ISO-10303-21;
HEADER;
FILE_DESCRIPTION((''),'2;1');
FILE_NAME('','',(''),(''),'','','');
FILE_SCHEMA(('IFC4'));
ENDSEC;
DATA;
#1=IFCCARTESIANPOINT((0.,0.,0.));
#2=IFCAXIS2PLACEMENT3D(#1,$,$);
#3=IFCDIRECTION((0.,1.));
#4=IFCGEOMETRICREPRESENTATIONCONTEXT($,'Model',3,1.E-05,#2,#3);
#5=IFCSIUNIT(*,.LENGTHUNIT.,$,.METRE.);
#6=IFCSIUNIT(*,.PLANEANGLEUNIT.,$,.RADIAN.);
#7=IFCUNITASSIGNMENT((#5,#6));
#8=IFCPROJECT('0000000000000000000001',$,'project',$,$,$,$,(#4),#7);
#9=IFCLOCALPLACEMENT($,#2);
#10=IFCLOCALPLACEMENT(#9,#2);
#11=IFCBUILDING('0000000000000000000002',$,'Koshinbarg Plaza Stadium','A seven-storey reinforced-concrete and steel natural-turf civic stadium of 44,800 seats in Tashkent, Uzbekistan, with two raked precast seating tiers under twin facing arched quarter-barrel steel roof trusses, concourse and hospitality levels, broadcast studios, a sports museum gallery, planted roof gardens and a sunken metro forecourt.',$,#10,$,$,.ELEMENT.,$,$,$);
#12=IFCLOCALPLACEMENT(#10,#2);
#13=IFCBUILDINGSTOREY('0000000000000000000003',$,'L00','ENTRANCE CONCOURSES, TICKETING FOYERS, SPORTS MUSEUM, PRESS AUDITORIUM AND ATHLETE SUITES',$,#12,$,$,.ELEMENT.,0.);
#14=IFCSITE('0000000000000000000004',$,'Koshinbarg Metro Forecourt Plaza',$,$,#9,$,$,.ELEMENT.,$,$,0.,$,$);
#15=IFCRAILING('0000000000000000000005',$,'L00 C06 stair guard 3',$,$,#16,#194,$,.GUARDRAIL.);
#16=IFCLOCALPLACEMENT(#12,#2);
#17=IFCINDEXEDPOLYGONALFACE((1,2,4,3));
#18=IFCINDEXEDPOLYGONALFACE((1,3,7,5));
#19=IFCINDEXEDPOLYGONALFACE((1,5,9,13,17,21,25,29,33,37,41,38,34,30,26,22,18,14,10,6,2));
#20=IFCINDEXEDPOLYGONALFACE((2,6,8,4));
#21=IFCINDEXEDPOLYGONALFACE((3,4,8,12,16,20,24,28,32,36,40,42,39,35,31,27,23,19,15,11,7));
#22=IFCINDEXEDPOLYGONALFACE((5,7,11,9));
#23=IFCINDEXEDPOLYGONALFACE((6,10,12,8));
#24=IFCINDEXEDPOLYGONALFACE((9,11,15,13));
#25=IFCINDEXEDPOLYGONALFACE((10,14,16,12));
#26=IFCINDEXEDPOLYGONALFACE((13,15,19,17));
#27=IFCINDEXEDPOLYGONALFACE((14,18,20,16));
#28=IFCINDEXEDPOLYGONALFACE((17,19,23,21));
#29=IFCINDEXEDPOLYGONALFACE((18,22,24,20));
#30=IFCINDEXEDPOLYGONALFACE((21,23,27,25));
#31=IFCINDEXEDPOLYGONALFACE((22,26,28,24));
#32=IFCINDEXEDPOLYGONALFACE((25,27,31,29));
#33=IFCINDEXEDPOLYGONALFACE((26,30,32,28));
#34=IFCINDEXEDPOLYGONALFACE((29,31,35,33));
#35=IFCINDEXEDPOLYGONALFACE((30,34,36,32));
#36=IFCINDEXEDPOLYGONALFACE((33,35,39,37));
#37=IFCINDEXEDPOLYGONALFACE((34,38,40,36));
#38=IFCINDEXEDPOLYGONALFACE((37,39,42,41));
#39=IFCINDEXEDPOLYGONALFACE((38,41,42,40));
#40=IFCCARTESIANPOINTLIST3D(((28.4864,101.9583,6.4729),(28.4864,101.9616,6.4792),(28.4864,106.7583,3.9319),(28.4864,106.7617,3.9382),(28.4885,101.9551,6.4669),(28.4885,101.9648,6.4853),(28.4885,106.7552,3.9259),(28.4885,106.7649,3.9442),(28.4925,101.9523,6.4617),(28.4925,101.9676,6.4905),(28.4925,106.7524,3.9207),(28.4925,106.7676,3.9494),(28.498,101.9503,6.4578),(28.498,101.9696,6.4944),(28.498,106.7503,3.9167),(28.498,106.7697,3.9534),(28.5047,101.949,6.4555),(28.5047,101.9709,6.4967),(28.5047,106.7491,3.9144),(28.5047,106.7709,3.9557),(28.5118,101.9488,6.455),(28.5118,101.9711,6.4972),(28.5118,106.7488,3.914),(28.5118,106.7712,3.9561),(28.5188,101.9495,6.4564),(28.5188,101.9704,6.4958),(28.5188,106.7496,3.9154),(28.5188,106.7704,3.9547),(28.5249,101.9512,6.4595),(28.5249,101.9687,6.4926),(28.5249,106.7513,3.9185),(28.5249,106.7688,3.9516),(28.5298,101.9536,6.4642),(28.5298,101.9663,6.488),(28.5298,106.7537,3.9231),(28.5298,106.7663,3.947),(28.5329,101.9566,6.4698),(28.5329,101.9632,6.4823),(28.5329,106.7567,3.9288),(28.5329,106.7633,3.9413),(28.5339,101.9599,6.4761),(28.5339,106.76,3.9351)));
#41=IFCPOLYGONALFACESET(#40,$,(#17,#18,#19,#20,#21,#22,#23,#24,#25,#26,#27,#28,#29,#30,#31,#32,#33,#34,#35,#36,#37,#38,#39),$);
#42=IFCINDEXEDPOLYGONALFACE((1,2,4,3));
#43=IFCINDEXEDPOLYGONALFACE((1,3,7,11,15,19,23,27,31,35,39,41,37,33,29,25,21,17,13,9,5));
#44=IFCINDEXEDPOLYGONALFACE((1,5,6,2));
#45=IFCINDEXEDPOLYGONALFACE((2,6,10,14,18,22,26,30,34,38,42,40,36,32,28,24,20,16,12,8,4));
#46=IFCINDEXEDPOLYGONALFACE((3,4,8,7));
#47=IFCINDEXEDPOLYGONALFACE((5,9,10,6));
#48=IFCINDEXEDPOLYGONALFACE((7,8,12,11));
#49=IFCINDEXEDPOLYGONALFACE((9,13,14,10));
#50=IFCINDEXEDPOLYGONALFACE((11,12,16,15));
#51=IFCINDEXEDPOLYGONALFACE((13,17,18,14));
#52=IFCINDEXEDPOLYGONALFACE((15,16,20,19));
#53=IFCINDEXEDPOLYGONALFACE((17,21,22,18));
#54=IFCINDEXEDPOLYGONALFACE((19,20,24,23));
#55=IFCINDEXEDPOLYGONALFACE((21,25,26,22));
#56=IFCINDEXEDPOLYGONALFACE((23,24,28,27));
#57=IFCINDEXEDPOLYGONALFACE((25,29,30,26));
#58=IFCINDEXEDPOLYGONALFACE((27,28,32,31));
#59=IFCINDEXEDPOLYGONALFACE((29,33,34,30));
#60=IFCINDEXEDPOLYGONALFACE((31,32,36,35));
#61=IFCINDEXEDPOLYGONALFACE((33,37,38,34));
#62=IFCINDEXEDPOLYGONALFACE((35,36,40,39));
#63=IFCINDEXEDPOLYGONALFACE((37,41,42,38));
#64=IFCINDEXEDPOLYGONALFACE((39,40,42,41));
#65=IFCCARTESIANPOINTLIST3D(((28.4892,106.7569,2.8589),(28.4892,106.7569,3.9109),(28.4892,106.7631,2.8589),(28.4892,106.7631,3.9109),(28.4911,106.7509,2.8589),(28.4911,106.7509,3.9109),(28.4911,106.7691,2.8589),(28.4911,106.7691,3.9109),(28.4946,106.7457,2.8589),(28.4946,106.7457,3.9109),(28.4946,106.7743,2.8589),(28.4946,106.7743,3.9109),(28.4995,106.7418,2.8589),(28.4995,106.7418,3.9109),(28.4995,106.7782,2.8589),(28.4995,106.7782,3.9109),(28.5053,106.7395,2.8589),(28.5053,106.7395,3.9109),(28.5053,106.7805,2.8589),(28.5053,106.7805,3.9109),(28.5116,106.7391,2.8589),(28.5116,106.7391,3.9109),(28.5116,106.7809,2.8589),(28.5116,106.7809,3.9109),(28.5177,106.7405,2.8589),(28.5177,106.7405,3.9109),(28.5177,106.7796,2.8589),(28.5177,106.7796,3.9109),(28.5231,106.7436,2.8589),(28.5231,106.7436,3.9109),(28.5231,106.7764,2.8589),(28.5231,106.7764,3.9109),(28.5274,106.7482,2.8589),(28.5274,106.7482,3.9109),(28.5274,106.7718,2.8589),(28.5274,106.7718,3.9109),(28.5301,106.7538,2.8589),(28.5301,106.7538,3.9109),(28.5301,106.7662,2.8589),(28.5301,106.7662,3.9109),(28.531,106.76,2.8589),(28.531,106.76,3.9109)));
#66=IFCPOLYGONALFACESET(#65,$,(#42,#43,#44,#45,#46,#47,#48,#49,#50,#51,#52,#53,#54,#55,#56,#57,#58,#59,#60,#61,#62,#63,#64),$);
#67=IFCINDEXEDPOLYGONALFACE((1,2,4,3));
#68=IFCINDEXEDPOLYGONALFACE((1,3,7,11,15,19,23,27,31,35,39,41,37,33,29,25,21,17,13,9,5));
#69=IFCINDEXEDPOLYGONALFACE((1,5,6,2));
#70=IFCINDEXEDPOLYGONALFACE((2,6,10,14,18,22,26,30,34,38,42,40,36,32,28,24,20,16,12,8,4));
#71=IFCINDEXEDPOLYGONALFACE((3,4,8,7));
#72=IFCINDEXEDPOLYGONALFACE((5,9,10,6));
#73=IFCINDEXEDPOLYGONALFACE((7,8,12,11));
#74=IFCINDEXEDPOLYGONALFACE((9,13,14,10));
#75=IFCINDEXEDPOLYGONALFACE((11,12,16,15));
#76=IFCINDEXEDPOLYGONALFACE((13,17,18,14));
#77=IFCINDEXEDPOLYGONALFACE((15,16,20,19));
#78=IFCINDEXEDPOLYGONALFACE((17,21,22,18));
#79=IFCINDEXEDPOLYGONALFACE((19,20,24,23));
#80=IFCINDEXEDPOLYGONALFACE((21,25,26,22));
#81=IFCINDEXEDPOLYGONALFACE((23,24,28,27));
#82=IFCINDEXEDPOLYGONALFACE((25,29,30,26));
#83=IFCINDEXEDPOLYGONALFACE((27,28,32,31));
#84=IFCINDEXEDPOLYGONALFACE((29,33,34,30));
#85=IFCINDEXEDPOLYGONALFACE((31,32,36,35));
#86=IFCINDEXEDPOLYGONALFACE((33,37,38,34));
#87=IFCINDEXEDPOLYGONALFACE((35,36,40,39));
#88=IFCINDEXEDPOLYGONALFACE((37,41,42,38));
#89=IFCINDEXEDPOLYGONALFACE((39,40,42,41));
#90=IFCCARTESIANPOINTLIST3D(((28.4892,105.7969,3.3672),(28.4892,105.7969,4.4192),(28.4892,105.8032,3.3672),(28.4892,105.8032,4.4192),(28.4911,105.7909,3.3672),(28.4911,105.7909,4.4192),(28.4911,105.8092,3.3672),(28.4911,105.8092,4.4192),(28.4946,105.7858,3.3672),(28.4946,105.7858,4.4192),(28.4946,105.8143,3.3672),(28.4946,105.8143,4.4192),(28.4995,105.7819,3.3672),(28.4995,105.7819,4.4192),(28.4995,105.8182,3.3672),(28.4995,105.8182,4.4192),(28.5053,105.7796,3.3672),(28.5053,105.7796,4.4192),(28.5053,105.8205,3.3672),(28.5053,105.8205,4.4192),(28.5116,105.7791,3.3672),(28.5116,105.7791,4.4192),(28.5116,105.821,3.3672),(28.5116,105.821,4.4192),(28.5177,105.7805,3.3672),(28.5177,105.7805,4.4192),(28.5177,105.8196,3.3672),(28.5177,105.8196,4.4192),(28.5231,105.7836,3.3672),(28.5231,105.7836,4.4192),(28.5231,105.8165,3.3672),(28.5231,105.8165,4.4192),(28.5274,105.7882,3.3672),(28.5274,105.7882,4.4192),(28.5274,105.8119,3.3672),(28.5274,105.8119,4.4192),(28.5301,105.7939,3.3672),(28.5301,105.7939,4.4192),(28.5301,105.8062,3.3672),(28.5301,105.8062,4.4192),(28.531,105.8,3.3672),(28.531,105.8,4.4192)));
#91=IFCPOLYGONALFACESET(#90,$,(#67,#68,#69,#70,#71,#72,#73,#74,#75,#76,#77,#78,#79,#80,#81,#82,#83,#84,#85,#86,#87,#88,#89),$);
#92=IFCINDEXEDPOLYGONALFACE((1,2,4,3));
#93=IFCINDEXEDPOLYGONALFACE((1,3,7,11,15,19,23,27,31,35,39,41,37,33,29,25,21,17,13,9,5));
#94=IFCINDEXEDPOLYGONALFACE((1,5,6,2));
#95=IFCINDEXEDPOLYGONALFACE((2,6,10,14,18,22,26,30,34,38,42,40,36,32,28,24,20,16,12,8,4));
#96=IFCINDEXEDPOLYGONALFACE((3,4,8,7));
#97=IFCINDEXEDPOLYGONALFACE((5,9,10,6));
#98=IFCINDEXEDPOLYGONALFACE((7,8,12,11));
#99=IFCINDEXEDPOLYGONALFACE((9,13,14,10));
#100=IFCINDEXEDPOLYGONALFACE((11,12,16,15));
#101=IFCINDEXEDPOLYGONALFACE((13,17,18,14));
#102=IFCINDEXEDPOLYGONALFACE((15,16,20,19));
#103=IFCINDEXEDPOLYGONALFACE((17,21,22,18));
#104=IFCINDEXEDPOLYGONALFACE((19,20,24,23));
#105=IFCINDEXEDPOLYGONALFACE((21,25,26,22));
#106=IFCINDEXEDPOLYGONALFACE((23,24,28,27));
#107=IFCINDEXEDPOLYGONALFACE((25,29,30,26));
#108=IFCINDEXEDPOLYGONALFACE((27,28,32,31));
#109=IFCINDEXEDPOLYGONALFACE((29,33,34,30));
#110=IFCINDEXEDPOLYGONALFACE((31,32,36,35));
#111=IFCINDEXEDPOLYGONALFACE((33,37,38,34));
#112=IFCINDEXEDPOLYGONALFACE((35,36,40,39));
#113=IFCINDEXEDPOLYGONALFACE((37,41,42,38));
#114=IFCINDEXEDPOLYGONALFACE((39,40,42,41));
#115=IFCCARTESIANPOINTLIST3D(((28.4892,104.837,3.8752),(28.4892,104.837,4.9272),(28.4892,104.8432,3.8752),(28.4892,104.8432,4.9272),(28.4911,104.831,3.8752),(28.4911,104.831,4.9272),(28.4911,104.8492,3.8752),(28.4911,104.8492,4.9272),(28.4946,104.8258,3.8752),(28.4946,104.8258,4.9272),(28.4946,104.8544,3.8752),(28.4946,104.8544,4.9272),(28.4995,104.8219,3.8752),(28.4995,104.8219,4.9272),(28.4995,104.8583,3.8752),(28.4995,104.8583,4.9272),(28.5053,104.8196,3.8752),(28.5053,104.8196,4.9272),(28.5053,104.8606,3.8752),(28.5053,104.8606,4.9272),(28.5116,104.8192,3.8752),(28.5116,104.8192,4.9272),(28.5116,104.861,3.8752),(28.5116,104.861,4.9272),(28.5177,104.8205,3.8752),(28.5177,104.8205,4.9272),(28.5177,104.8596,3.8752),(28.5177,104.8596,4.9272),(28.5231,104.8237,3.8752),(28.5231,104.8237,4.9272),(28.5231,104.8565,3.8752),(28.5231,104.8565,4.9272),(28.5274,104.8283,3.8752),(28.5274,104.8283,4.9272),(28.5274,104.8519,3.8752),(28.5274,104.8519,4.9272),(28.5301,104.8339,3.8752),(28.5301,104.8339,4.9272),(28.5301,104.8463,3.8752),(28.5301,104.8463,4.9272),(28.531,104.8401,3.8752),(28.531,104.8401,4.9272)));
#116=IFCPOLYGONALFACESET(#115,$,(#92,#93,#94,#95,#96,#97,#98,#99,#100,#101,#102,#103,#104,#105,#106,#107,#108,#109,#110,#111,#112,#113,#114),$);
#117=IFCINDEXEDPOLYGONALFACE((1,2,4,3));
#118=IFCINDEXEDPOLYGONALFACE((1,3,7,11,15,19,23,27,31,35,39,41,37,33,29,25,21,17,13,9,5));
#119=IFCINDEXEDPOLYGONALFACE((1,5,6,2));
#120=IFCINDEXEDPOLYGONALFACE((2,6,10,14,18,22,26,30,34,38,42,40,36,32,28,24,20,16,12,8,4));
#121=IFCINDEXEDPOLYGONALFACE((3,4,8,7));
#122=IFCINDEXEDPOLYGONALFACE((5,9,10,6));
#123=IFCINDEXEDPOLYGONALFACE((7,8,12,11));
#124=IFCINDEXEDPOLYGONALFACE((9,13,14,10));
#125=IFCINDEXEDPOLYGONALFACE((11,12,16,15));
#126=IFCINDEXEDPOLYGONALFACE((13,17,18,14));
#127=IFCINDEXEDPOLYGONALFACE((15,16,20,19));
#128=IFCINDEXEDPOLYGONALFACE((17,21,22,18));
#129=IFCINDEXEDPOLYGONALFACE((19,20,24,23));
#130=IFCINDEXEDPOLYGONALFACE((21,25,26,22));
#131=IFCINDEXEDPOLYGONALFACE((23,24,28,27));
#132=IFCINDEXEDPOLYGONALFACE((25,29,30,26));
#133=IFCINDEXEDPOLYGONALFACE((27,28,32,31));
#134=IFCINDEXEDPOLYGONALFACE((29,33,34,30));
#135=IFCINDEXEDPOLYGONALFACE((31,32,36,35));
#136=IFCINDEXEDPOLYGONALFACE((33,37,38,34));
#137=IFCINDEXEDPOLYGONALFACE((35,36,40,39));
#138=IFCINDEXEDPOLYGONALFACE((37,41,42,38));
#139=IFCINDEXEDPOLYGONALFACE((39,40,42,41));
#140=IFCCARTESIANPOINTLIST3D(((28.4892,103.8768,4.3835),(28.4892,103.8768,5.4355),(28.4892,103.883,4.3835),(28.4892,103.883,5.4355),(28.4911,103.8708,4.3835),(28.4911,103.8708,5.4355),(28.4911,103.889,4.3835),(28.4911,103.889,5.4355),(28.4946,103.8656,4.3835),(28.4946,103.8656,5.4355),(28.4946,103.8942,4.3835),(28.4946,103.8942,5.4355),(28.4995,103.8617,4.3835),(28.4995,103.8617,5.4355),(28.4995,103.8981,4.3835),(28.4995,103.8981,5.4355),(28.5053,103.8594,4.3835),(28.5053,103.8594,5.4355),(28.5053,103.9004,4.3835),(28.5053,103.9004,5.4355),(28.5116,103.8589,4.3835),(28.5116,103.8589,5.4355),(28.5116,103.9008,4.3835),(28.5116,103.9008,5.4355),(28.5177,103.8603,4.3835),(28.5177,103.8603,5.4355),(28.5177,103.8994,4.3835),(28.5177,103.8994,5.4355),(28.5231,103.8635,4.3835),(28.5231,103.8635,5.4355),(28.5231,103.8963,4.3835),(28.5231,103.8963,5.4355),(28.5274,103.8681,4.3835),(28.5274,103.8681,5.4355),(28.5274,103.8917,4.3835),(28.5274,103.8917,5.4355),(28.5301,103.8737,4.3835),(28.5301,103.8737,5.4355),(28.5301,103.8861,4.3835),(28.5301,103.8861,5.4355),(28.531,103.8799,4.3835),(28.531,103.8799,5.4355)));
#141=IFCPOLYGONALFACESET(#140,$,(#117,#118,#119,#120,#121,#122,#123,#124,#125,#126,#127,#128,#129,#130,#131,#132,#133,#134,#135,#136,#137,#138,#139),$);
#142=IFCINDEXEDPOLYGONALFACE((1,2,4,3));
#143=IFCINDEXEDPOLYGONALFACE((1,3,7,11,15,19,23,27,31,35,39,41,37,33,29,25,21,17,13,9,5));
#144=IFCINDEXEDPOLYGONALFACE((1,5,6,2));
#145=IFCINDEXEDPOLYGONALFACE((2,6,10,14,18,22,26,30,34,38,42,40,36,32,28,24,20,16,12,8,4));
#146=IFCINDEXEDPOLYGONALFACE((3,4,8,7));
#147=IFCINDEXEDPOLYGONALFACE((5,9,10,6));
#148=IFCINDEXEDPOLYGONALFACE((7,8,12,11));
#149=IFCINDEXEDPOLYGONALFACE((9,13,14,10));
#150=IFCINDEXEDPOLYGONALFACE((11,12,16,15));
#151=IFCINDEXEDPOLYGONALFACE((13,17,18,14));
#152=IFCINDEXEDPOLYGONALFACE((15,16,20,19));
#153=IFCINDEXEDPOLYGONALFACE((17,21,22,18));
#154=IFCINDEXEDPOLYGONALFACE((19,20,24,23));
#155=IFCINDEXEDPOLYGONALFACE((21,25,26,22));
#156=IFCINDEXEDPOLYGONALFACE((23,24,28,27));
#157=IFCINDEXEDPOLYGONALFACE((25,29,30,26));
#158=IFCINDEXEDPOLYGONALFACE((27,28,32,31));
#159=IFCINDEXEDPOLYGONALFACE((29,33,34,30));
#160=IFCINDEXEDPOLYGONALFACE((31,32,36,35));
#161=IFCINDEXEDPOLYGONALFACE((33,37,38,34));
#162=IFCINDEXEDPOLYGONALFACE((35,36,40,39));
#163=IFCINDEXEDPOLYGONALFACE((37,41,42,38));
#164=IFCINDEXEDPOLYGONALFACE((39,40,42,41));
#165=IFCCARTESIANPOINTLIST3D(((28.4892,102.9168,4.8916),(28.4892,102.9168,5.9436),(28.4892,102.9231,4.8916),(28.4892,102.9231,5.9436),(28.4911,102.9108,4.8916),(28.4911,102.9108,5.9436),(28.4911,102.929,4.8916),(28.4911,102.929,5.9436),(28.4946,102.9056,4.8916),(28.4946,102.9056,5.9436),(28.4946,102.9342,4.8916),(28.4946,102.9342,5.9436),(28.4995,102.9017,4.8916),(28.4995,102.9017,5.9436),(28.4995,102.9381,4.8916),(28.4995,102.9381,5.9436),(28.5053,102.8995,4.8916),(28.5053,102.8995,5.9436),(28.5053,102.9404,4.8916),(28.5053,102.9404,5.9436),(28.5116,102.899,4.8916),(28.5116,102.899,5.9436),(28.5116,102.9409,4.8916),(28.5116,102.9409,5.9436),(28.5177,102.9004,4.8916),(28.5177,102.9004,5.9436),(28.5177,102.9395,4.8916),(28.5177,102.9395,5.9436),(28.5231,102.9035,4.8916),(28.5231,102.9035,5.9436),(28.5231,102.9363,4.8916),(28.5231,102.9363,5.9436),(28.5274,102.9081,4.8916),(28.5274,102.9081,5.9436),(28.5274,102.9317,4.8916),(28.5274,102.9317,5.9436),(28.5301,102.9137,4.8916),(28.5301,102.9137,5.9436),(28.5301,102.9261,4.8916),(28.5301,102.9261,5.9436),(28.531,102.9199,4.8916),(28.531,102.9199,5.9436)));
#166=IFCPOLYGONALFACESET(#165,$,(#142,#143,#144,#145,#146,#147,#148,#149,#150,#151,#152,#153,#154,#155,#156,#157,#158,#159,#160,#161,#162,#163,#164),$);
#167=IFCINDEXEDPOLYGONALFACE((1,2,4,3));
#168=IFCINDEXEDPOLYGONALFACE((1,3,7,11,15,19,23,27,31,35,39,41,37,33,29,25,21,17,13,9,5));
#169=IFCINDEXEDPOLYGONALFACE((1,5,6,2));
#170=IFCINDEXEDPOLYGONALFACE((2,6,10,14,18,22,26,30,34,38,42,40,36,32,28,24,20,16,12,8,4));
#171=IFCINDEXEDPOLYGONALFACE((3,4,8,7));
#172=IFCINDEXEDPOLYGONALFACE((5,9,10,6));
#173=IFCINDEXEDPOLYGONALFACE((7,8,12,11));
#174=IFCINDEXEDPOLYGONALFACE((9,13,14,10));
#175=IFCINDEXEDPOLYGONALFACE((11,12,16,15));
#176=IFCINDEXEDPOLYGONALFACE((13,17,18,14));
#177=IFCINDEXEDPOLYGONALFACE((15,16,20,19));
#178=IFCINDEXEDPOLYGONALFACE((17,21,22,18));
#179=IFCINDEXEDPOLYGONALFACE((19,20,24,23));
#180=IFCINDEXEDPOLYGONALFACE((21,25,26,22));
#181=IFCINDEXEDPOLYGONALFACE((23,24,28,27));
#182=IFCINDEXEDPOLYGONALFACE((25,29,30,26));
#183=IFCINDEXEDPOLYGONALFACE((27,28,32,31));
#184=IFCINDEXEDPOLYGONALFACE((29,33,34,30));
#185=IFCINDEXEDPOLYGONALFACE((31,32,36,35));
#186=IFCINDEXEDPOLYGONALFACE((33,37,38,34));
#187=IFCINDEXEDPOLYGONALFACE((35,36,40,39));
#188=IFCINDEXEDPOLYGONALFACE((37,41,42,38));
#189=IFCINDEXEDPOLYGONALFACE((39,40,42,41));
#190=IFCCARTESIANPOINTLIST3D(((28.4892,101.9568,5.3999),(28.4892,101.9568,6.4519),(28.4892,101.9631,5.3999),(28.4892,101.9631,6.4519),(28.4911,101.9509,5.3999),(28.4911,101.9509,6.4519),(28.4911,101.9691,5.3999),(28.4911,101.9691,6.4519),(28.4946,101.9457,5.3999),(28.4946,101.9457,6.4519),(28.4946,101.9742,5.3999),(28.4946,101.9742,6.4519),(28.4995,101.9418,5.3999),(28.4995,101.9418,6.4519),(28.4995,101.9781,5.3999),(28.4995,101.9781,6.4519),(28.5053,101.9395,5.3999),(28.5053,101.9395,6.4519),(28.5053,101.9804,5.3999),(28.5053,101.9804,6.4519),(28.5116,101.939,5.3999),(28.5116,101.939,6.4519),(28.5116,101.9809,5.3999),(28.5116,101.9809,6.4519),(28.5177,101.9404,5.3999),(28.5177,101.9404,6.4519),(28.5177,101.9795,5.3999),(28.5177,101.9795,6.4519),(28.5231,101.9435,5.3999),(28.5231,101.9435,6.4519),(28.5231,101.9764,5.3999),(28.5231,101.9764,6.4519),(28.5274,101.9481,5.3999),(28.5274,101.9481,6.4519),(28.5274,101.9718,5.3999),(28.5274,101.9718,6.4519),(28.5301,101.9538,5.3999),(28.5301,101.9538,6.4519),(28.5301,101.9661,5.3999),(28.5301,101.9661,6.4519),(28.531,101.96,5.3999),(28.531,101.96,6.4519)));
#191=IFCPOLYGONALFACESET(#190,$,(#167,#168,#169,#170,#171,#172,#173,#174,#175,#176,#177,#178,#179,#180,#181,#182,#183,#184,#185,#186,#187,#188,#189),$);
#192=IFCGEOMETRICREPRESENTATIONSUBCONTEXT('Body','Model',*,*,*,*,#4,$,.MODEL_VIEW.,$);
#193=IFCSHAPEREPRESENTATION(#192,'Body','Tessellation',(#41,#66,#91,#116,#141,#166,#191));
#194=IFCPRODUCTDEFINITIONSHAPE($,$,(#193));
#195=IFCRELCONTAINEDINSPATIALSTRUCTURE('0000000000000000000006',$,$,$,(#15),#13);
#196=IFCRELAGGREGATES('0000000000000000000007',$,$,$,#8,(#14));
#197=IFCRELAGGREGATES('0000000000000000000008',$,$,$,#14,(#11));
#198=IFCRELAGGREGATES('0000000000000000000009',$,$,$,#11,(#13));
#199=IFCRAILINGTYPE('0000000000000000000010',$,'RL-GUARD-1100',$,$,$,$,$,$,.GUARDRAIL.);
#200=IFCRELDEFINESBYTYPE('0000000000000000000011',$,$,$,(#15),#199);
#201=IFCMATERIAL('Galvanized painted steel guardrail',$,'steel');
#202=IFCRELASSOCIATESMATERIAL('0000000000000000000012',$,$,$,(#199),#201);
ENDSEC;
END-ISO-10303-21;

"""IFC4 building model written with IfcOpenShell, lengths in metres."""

from ifc_helpers import new_model, si_unit, direction, frame, origin, origin_2d, place, context, subcontext, project, spatial, circle, extrude, material, type_object, element, save


model = new_model("IFC4")

# Units and contexts
model_context = context("Model", 3, precision=1e-05, world=origin(), true_north=direction((0.0, 1.0)))
body_context = subcontext(model_context, "Body", "Model", "MODEL_VIEW")
ifc_project = project(units=[si_unit("LENGTHUNIT", "METRE"), si_unit("PLANEANGLEUNIT", "RADIAN")], contexts=[model_context])

# Site, building, storey
site_placement = place(None, origin())
site = spatial("IfcSite", under=ifc_project, at=site_placement, Name="Koshinbarg Metro Forecourt Plaza", CompositionType="ELEMENT", RefElevation=0.0)
building_placement = place(site_placement, origin())
building = spatial("IfcBuilding", under=site, at=building_placement, Name="Koshinbarg Plaza Stadium", Description="A seven-storey reinforced-concrete and steel natural-turf civic stadium of 44,800 seats in Tashkent, Uzbekistan, with two raked precast seating tiers under twin facing arched quarter-barrel steel roof trusses, concourse and hospitality levels, broadcast studios, a sports museum gallery, planted roof gardens and a sunken metro forecourt.", CompositionType="ELEMENT")
storey_placement = place(building_placement, origin())
storey = spatial("IfcBuildingStorey", under=building, at=storey_placement, Name="L00", Description="ENTRANCE CONCOURSES, TICKETING FOYERS, SPORTS MUSEUM, PRESS AUDITORIUM AND ATHLETE SUITES", CompositionType="ELEMENT", Elevation=0.0)

# Railing
ifc_material_1 = material(Name="Galvanized painted steel guardrail", Category="steel")
railing_type_1 = type_object("IfcRailingType", Name="RL-GUARD-1100", PredefinedType="GUARDRAIL", material=ifc_material_1)
railing_1_placement = place(storey_placement, frame((28.51, 106.76, 2.8589)))
element("IfcRailing", 1, at=railing_1_placement, inside=storey, type_object=railing_type_1, Name="L00 C06 stair guard 3", PredefinedType="GUARDRAIL", context=body_context, shape_type="SweptSolid", body=[
    extrude(circle(Radius=0.0239, at=origin_2d()), frame((0.0, 0.0, 1.0762), z_axis=(0.0, -0.883802, 0.467861), x_axis=(1.0, 0.0, 0.0)), (0.0, 0.0, 1.0), 5.4312),
    extrude(circle(Radius=0.021, at=origin_2d()), origin(), (0.0, 0.0, 1.0), 1.052),
    extrude(circle(Radius=0.021, at=origin_2d()), frame((0.0, -0.96, 0.5083)), (0.0, 0.0, 1.0), 1.052),
    extrude(circle(Radius=0.021, at=origin_2d()), frame((0.0, -1.9199, 1.0164)), (0.0, 0.0, 1.0), 1.052),
    extrude(circle(Radius=0.021, at=origin_2d()), frame((0.0, -2.8801, 1.5247)), (0.0, 0.0, 1.0), 1.052),
    extrude(circle(Radius=0.021, at=origin_2d()), frame((0.0, -3.8401, 2.0327)), (0.0, 0.0, 1.0), 1.052),
    extrude(circle(Radius=0.021, at=origin_2d()), frame((0.0, -4.8, 2.541)), (0.0, 0.0, 1.0), 1.052),
])

save(model, "model.ifc")
